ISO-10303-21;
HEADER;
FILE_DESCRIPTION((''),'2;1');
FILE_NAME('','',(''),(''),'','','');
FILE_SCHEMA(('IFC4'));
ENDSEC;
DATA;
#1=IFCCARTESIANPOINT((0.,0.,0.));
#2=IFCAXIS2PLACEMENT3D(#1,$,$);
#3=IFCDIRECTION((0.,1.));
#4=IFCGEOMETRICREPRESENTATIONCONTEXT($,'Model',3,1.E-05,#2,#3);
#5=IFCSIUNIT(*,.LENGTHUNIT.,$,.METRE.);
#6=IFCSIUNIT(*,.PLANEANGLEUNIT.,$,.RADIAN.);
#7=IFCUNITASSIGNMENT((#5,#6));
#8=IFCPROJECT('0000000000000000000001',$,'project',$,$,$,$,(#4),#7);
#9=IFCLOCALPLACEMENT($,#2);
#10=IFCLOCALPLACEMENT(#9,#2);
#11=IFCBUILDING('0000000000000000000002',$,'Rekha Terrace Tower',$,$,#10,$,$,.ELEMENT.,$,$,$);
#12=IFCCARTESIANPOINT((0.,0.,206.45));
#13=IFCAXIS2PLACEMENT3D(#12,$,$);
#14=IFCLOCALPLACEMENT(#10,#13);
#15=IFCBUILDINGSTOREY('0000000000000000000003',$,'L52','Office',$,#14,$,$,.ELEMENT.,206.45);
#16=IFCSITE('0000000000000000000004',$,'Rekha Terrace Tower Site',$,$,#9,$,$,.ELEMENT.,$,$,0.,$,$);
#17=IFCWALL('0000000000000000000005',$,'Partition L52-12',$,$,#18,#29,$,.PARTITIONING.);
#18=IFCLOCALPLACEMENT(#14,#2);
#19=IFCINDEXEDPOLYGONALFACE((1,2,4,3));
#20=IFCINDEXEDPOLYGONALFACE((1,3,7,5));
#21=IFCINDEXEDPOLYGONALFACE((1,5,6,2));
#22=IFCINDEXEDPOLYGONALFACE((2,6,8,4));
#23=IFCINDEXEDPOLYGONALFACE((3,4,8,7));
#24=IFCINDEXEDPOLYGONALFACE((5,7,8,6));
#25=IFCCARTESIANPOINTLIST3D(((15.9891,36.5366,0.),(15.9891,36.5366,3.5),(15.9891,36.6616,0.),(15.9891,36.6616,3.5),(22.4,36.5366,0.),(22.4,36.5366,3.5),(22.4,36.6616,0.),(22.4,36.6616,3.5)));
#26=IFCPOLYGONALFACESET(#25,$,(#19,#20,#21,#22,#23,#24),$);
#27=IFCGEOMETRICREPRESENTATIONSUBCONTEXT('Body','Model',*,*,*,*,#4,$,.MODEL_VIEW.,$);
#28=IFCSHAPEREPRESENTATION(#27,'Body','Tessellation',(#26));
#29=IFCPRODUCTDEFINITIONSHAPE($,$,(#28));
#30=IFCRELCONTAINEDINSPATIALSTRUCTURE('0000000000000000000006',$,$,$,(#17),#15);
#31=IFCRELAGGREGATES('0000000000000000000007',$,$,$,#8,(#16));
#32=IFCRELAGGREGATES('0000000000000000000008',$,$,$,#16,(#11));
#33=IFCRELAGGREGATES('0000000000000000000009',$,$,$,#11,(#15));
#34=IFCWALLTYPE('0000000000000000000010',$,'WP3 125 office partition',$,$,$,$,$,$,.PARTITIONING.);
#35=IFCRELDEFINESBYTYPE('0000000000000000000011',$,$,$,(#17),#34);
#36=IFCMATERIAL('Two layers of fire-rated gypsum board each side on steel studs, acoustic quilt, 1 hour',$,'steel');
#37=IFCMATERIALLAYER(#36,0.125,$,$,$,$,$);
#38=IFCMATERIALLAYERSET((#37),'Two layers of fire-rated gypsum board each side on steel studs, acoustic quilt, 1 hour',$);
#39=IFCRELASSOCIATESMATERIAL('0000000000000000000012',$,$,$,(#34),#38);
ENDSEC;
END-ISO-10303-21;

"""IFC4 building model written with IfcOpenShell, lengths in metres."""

from ifc_helpers import new_model, si_unit, direction, frame, frame_2d, origin, place, context, subcontext, project, spatial, rectangle, extrude, material, layer, layer_set, type_object, element, save


model = new_model("IFC4")

# Units and contexts
model_context = context("Model", 3, precision=1e-05, world=origin(), true_north=direction((0.0, 1.0)))
body_context = subcontext(model_context, "Body", "Model", "MODEL_VIEW")
ifc_project = project(units=[si_unit("LENGTHUNIT", "METRE"), si_unit("PLANEANGLEUNIT", "RADIAN")], contexts=[model_context])

# Site, building, storey
site_placement = place(None, origin())
site = spatial("IfcSite", under=ifc_project, at=site_placement, Name="Rekha Terrace Tower Site", CompositionType="ELEMENT", RefElevation=0.0)
building_placement = place(site_placement, origin())
building = spatial("IfcBuilding", under=site, at=building_placement, Name="Rekha Terrace Tower", CompositionType="ELEMENT")
storey_placement = place(building_placement, frame((0.0, 0.0, 206.45)))
storey = spatial("IfcBuildingStorey", under=building, at=storey_placement, Name="L52", Description="Office", CompositionType="ELEMENT", Elevation=206.45)

# Shared definitions
ifc_material_1 = material(Name="Two layers of fire-rated gypsum board each side on steel studs, acoustic quilt, 1 hour", Category="steel")
ifc_layer_1 = layer(ifc_material_1, 0.125)
ifc_layer_set_1 = layer_set([ifc_layer_1], Name="Two layers of fire-rated gypsum board each side on steel studs, acoustic quilt, 1 hour")
wall_type = type_object("IfcWallType", Name="WP3 125 office partition", PredefinedType="PARTITIONING", material=ifc_layer_set_1)

# Wall
wall_1_placement = place(storey_placement, frame((15.989, 36.5991, 0.0), z_axis=(0.0, 0.0, 1.0), x_axis=(1.0, 0.0, 0.0)))
element("IfcWall", 1, at=wall_1_placement, inside=storey, type_object=wall_type, Name="Partition L52-12", PredefinedType="PARTITIONING", context=body_context, shape_type="SweptSolid", body=[
    extrude(rectangle(XDim=6.4109, YDim=0.125, at=frame_2d((3.2056, 0.0))), origin(), (0.0, 0.0, 1.0), 3.5),
])

save(model, "model.ifc")
